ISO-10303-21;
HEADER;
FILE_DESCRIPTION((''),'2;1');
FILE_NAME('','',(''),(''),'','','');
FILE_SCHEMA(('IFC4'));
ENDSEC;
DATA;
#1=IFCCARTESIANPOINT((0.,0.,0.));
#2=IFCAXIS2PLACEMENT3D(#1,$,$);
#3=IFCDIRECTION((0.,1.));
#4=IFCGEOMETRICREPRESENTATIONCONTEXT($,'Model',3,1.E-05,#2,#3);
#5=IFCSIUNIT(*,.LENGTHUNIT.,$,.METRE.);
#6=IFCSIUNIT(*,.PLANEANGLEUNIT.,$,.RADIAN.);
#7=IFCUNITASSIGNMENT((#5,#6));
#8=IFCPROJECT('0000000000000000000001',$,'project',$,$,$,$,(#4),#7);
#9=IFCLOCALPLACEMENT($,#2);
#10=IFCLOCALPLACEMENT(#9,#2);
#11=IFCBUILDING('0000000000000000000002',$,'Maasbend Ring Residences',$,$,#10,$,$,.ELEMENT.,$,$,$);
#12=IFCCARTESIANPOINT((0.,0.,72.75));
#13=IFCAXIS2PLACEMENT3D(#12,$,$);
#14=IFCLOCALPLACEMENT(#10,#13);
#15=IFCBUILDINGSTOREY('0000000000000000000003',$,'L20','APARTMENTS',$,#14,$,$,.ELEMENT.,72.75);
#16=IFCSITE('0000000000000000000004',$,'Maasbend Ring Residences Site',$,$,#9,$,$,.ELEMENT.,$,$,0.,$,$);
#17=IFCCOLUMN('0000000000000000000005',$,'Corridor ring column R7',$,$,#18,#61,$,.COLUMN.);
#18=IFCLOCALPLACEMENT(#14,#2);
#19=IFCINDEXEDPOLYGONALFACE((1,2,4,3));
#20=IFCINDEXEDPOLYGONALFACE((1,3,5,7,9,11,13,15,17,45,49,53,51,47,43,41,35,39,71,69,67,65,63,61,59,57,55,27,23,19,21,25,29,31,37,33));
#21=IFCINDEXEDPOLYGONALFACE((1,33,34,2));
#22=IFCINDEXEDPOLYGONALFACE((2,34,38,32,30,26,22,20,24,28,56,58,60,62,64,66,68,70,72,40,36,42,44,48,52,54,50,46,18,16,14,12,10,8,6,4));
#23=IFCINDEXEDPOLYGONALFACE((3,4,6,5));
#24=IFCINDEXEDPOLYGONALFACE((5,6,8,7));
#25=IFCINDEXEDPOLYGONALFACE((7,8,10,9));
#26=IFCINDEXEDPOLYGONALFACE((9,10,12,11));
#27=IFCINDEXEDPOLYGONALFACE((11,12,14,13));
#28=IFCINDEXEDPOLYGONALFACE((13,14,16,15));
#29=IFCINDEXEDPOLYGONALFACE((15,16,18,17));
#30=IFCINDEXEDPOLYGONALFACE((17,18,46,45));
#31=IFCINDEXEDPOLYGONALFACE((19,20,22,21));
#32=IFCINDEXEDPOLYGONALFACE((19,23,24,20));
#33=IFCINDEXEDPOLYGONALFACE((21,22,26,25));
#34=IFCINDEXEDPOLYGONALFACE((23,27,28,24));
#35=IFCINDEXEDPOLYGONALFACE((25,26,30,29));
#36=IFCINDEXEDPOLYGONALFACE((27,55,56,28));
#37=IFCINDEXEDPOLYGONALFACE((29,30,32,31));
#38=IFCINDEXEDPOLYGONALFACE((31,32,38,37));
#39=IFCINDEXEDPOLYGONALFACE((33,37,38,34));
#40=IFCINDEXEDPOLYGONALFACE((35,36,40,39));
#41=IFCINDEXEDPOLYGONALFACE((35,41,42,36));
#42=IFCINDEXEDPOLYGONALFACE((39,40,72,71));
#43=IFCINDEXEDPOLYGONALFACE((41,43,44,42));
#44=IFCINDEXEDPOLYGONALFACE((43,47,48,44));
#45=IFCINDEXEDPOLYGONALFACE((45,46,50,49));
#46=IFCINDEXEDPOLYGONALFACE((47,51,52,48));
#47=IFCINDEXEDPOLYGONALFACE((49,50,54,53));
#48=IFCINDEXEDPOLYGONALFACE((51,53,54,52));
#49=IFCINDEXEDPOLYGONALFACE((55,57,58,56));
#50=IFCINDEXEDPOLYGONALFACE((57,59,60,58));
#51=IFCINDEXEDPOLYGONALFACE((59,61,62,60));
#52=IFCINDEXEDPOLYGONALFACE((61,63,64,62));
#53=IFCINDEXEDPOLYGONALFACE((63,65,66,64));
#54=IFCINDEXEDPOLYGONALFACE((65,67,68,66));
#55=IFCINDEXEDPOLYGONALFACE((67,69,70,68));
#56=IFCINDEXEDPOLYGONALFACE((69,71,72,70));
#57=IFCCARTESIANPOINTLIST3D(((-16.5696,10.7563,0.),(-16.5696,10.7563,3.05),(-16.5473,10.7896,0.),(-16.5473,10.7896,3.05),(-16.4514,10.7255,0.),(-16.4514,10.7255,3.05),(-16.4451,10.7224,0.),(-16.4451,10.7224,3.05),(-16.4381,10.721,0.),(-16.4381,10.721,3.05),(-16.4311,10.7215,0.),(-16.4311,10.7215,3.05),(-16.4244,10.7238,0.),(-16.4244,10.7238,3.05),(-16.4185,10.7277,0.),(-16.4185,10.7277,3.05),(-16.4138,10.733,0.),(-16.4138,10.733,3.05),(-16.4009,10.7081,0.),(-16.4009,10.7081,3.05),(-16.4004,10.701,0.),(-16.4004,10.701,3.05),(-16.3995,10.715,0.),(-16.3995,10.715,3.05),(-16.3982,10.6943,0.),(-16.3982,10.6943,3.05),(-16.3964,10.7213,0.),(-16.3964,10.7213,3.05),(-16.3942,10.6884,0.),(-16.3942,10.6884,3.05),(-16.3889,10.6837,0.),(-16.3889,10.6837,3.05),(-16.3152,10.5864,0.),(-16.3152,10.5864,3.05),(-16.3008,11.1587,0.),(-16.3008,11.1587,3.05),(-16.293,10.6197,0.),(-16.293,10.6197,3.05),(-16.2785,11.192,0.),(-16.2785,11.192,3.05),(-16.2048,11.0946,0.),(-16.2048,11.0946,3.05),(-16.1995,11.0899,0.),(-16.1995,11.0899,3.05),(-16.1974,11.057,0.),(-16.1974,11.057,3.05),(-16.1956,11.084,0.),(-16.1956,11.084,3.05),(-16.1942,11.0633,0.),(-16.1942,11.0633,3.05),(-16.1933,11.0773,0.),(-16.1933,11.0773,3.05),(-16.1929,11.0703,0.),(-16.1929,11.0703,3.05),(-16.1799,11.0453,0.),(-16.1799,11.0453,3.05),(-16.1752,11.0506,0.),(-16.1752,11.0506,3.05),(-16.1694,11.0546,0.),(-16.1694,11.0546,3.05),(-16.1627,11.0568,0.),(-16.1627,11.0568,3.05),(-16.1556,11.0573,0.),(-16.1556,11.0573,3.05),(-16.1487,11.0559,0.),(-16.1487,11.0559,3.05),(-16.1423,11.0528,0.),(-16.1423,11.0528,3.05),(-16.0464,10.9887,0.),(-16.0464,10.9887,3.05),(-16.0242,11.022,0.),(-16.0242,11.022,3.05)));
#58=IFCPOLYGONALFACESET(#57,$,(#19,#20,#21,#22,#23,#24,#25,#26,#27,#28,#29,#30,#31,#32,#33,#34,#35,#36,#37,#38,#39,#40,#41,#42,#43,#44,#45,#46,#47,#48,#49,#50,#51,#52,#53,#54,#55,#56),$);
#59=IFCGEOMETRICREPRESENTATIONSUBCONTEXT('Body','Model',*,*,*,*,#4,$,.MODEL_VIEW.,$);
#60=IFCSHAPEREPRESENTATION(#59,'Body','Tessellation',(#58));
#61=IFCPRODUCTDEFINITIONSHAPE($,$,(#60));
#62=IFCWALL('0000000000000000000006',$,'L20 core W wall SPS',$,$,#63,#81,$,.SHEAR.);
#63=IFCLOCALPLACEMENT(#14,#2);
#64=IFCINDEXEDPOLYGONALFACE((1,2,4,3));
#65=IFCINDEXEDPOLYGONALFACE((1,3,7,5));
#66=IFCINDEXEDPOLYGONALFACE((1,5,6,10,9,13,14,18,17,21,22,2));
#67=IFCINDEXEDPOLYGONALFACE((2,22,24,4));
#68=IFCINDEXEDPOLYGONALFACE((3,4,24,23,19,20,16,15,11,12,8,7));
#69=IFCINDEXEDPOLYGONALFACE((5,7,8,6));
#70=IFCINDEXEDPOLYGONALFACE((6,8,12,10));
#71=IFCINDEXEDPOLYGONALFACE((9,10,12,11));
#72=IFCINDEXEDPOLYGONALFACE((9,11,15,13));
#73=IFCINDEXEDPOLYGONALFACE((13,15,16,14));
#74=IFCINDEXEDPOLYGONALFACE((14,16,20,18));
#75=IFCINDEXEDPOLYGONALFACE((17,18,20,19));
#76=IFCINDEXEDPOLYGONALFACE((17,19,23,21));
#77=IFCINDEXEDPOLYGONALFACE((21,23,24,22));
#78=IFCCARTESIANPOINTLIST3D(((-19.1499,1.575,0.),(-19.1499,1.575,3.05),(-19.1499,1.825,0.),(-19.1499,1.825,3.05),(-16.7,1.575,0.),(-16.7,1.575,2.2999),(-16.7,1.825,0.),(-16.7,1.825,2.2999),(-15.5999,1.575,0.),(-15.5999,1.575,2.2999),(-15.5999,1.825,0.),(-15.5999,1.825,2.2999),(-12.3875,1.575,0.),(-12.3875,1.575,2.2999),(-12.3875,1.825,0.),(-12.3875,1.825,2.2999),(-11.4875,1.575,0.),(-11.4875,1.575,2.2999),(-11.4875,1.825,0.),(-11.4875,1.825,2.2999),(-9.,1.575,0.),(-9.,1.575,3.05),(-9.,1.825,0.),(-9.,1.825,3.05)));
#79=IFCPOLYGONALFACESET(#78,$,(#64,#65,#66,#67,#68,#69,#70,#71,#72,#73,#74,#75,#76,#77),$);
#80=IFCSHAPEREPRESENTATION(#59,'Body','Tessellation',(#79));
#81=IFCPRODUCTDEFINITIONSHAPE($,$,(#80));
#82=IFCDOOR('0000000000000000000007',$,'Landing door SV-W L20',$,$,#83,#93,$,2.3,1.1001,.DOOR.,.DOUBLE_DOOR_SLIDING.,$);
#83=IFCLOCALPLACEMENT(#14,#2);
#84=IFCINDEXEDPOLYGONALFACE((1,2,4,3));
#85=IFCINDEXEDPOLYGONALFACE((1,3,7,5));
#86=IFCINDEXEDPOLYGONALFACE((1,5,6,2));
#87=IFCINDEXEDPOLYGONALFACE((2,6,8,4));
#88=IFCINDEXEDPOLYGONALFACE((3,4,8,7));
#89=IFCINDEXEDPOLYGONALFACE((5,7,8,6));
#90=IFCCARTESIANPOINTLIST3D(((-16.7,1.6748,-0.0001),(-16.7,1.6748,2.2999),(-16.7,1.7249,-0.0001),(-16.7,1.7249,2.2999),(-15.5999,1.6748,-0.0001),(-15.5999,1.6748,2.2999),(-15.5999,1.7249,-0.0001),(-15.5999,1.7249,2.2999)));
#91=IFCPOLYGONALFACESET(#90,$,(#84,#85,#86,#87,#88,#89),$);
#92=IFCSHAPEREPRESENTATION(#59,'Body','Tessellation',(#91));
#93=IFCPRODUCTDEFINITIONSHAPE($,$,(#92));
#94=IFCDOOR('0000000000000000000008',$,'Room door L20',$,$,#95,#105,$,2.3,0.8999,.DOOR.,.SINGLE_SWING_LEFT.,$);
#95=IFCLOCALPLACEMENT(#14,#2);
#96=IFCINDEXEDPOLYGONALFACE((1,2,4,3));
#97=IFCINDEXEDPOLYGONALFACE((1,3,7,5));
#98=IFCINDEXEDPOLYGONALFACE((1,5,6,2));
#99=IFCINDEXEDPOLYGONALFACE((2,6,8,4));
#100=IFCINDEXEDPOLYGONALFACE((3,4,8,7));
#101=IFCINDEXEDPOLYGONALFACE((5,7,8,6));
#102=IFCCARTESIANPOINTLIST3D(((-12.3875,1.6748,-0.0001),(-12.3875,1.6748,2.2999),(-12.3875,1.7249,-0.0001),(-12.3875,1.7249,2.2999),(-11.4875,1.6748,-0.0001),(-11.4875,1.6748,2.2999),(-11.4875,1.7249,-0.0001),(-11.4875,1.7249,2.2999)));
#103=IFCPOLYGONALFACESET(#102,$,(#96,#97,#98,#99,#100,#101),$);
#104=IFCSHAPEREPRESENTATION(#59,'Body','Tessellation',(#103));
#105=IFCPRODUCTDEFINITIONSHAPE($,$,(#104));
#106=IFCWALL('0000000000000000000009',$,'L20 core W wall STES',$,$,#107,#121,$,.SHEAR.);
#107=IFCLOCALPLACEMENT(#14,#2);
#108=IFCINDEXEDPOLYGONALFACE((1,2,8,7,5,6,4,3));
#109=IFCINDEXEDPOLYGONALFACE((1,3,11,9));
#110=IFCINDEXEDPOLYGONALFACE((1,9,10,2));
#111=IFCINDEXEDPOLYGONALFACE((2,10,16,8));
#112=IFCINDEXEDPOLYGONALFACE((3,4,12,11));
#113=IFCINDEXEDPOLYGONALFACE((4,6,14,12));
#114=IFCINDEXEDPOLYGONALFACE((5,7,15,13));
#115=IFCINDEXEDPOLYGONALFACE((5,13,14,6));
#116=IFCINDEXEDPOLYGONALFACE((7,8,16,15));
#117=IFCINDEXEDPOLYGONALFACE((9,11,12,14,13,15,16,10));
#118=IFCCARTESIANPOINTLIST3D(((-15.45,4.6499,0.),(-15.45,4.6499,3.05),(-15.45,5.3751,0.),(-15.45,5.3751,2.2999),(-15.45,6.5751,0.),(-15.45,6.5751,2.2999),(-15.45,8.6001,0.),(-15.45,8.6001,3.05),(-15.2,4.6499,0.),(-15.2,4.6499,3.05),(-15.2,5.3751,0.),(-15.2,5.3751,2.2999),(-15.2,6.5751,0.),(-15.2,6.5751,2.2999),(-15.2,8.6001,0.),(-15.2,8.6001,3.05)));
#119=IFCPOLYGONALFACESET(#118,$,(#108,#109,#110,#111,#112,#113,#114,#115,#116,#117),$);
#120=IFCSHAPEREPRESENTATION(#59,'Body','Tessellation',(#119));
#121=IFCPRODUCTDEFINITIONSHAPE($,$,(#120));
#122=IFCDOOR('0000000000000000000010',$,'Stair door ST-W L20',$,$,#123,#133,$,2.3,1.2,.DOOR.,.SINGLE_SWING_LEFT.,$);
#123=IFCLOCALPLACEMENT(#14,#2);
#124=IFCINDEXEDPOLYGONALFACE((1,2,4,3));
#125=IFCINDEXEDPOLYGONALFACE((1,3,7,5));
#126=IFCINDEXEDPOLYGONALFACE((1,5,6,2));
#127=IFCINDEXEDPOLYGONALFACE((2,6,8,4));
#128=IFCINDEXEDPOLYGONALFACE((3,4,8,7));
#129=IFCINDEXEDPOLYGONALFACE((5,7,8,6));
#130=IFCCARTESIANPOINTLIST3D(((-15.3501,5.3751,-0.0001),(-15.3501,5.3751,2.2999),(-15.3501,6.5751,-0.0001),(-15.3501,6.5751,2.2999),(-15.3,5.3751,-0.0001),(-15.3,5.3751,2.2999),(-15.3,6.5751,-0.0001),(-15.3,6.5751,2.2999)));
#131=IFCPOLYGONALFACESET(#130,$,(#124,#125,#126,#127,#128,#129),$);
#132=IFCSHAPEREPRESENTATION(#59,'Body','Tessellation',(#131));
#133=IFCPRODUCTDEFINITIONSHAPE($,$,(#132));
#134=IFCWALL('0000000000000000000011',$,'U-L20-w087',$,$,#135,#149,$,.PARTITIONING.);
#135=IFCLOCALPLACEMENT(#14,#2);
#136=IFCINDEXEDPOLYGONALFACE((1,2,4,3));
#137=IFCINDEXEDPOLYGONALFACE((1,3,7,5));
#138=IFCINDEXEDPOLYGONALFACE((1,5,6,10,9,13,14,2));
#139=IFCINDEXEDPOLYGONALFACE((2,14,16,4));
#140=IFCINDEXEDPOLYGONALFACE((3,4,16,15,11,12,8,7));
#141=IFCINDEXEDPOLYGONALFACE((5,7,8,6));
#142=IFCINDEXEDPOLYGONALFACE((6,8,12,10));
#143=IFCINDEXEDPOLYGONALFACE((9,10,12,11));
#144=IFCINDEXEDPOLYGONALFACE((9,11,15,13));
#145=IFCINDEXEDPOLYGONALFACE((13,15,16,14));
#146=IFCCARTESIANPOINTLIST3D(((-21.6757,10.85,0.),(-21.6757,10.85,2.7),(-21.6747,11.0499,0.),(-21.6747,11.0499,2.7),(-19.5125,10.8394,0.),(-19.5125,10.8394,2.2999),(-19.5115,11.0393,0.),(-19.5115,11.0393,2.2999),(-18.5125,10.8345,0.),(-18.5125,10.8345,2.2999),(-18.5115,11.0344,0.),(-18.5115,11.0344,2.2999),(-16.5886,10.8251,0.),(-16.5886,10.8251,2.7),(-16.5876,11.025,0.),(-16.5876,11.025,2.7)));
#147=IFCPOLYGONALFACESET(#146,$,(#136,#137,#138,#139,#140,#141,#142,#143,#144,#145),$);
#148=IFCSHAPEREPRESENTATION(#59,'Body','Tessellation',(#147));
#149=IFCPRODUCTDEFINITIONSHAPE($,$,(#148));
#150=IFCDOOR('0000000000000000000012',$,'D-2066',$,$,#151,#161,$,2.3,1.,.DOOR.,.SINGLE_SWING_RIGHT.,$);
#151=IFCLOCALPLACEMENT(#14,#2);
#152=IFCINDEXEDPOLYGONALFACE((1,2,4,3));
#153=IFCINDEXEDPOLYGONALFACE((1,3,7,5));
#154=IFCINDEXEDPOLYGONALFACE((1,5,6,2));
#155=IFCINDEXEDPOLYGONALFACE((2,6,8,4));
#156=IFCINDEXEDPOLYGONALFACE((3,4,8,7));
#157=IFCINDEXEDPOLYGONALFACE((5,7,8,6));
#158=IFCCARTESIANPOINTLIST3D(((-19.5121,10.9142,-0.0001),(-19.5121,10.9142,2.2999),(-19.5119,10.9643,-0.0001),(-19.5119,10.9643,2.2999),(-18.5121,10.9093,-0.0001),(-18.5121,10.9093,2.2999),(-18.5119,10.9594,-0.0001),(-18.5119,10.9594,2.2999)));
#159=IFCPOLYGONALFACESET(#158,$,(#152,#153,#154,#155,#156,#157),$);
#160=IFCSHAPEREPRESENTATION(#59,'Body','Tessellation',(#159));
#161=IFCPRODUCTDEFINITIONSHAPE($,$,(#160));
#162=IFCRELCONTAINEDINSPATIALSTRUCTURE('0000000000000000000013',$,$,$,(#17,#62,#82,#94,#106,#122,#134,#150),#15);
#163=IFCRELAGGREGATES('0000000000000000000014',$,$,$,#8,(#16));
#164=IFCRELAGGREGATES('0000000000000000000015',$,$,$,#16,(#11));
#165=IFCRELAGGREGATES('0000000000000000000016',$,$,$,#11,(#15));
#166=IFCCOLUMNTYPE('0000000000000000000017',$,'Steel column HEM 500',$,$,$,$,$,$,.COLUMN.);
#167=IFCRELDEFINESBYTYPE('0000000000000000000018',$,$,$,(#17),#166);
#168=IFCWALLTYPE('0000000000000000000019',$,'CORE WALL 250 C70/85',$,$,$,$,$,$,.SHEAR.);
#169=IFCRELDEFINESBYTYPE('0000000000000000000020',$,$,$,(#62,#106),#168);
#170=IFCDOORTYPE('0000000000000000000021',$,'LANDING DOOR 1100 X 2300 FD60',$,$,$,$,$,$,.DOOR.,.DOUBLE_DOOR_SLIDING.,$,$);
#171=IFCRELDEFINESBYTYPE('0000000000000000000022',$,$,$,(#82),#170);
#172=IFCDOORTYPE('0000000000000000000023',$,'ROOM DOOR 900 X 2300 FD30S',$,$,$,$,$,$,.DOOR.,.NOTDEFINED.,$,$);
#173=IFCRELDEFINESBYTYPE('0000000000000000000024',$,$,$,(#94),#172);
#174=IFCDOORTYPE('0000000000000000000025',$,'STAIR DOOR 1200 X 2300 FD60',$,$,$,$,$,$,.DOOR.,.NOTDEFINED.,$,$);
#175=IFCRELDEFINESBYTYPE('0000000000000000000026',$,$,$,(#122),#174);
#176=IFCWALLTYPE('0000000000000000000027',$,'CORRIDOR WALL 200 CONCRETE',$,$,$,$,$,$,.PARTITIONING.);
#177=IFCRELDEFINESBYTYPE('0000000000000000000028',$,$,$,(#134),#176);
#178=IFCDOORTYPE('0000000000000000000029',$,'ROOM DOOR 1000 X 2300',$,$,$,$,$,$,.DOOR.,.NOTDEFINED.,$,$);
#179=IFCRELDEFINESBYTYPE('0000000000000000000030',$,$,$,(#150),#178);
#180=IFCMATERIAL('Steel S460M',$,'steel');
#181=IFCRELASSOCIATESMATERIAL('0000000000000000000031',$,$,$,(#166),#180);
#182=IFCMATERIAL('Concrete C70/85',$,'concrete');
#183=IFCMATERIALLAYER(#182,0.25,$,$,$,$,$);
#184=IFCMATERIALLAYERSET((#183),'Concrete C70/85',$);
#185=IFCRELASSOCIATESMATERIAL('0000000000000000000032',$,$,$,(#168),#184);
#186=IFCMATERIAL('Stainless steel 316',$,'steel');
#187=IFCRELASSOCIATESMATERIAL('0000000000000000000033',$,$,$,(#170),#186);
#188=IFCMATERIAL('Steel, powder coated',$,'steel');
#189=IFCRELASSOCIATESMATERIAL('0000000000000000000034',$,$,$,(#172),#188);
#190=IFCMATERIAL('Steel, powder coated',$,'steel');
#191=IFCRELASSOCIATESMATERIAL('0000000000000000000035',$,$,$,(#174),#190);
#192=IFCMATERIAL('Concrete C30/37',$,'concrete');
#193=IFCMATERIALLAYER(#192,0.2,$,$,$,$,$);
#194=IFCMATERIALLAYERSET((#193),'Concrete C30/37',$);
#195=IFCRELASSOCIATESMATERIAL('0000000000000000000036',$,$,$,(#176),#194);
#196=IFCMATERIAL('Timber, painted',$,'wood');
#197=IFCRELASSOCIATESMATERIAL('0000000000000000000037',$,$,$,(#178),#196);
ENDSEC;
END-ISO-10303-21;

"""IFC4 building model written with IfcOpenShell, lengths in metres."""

from ifc_helpers import new_model, si_unit, direction, frame, frame_2d, origin, origin_2d, place, context, subcontext, project, spatial, rectangle, i_section, extrude, material, layer, layer_set, material_profile, profile_set, type_object, element, fill, save


model = new_model("IFC4")

# Units and contexts
model_context = context("Model", 3, precision=1e-05, world=origin(), true_north=direction((0.0, 1.0)))
body_context = subcontext(model_context, "Body", "Model", "MODEL_VIEW")
ifc_project = project(units=[si_unit("LENGTHUNIT", "METRE"), si_unit("PLANEANGLEUNIT", "RADIAN")], contexts=[model_context])

# Site, building, storey
site_placement = place(None, origin())
site = spatial("IfcSite", under=ifc_project, at=site_placement, Name="Maasbend Ring Residences Site", CompositionType="ELEMENT", RefElevation=0.0)
building_placement = place(site_placement, origin())
building = spatial("IfcBuilding", under=site, at=building_placement, Name="Maasbend Ring Residences", CompositionType="ELEMENT")
storey_placement = place(building_placement, frame((0.0, 0.0, 72.75)))
storey = spatial("IfcBuildingStorey", under=building, at=storey_placement, Name="L20", Description="APARTMENTS", CompositionType="ELEMENT", Elevation=72.75)

# Column
ifc_material_1 = material(Name="Steel S460M", Category="steel")
ifc_material_profile = material_profile(ifc_material_1, i_section(OverallWidth=0.3059, OverallDepth=0.5239, WebThickness=0.021, FlangeThickness=0.04, FilletRadius=0.0271, at=origin_2d()), Name="HEM 500")
ifc_profile_set = profile_set([ifc_material_profile], Name="Steel S460M")
column_type = type_object("IfcColumnType", Name="Steel column HEM 500", PredefinedType="COLUMN", material=ifc_profile_set)
column_placement = place(storey_placement, frame((-16.2969, 10.8892, 0.0), z_axis=(0.0, 0.0, 1.0), x_axis=(-0.83147, 0.55557, 0.0)))
element("IfcColumn", 1, at=column_placement, inside=storey, type_object=column_type, Name="Corridor ring column R7", PredefinedType="COLUMN", context=body_context, shape_type="SweptSolid", body=[
    extrude(i_section(OverallWidth=0.3059, OverallDepth=0.5239, WebThickness=0.021, FlangeThickness=0.04, FilletRadius=0.0271, at=origin_2d()), origin(), (0.0, 0.0, 1.0), 3.05),
])

# Wall, openings, doors
ifc_material_2 = material(Name="Concrete C70/85", Category="concrete")
ifc_layer_1 = layer(ifc_material_2, 0.25)
ifc_layer_set_1 = layer_set([ifc_layer_1], Name="Concrete C70/85")
wall_type_1 = type_object("IfcWallType", Name="CORE WALL 250 C70/85", PredefinedType="SHEAR", material=ifc_layer_set_1)
wall_1_placement = place(storey_placement, frame((-19.1499, 1.7, 0.0), z_axis=(0.0, 0.0, 1.0), x_axis=(1.0, 0.0, 0.0)))
wall_1 = element("IfcWall", 2, at=wall_1_placement, inside=storey, type_object=wall_type_1, Name="L20 core W wall SPS", PredefinedType="SHEAR", context=body_context, shape_type="SweptSolid", body=[
    extrude(rectangle(XDim=10.1499, YDim=0.25, at=frame_2d((5.075, 0.0))), origin(), (0.0, 0.0, 1.0), 3.05),
])
opening_1_placement = place(wall_1_placement, frame((2.45, 0.0, 0.0)))
opening_1 = element("IfcOpeningElement", 3, at=opening_1_placement, cuts=wall_1, PredefinedType="OPENING", context=body_context, shape_type="SweptSolid", body=[
    extrude(rectangle(XDim=1.1001, YDim=2.3, at=frame_2d((0.55, 1.1499))), frame((0.0, 0.135, 0.0), z_axis=(0.0, -1.0, 0.0), x_axis=(1.0, 0.0, 0.0)), (0.0, 0.0, 1.0), 0.27),
])
opening_2_placement = place(wall_1_placement, frame((6.7625, 0.0, 0.0)))
opening_2 = element("IfcOpeningElement", 4, at=opening_2_placement, cuts=wall_1, PredefinedType="OPENING", context=body_context, shape_type="SweptSolid", body=[
    extrude(rectangle(XDim=0.8999, YDim=2.3, at=frame_2d((0.45, 1.1499))), frame((0.0, 0.135, 0.0), z_axis=(0.0, -1.0, 0.0), x_axis=(1.0, 0.0, 0.0)), (0.0, 0.0, 1.0), 0.27),
])
ifc_material_3 = material(Name="Stainless steel 316", Category="steel")
door_type_1 = type_object("IfcDoorType", Name="LANDING DOOR 1100 X 2300 FD60", OperationType="DOUBLE_DOOR_SLIDING", PredefinedType="DOOR", material=ifc_material_3)
door_1_placement = place(opening_1_placement, origin())
door_1 = element("IfcDoor", 5, at=door_1_placement, inside=storey, type_object=door_type_1, Name="Landing door SV-W L20", OperationType="DOUBLE_DOOR_SLIDING", OverallHeight=2.3, OverallWidth=1.1001, PredefinedType="DOOR", context=body_context, shape_type="SweptSolid", body=[
    extrude(rectangle(XDim=1.1001, YDim=2.3, at=frame_2d((0.55, 1.1499))), frame((0.0, 0.0249, 0.0), z_axis=(0.0, -1.0, 0.0), x_axis=(1.0, 0.0, 0.0)), (0.0, 0.0, 1.0), 0.05),
])
fill(opening_1, door_1)
ifc_material_4 = material(Name="Steel, powder coated", Category="steel")
door_type_2 = type_object("IfcDoorType", Name="ROOM DOOR 900 X 2300 FD30S", OperationType="NOTDEFINED", PredefinedType="DOOR", material=ifc_material_4)
door_2_placement = place(opening_2_placement, origin())
door_2 = element("IfcDoor", 6, at=door_2_placement, inside=storey, type_object=door_type_2, Name="Room door L20", OperationType="SINGLE_SWING_LEFT", OverallHeight=2.3, OverallWidth=0.8999, PredefinedType="DOOR", context=body_context, shape_type="SweptSolid", body=[
    extrude(rectangle(XDim=0.8999, YDim=2.3, at=frame_2d((0.45, 1.1499))), frame((0.0, 0.0249, 0.0), z_axis=(0.0, -1.0, 0.0), x_axis=(1.0, 0.0, 0.0)), (0.0, 0.0, 1.0), 0.05),
])
fill(opening_2, door_2)

# Walls, openings, doors
wall_2_placement = place(storey_placement, frame((-15.325, 8.6001, 0.0), z_axis=(0.0, 0.0, 1.0), x_axis=(0.0, -1.0, 0.0)))
wall_2 = element("IfcWall", 7, at=wall_2_placement, inside=storey, type_object=wall_type_1, Name="L20 core W wall STES", PredefinedType="SHEAR", context=body_context, shape_type="SweptSolid", body=[
    extrude(rectangle(XDim=3.9502, YDim=0.25, at=frame_2d((1.9751, 0.0))), origin(), (0.0, 0.0, 1.0), 3.05),
])
opening_3_placement = place(wall_2_placement, frame((2.0249, 0.0, 0.0)))
opening_3 = element("IfcOpeningElement", 8, at=opening_3_placement, cuts=wall_2, PredefinedType="OPENING", context=body_context, shape_type="SweptSolid", body=[
    extrude(rectangle(XDim=1.2, YDim=2.3, at=frame_2d((0.6001, 1.1499))), frame((0.0, 0.135, 0.0), z_axis=(0.0, -1.0, 0.0), x_axis=(1.0, 0.0, 0.0)), (0.0, 0.0, 1.0), 0.27),
])
ifc_material_5 = material(Name="Steel, powder coated", Category="steel")
door_type_3 = type_object("IfcDoorType", Name="STAIR DOOR 1200 X 2300 FD60", OperationType="NOTDEFINED", PredefinedType="DOOR", material=ifc_material_5)
door_3_placement = place(opening_3_placement, origin())
door_3 = element("IfcDoor", 9, at=door_3_placement, inside=storey, type_object=door_type_3, Name="Stair door ST-W L20", OperationType="SINGLE_SWING_LEFT", OverallHeight=2.3, OverallWidth=1.2, PredefinedType="DOOR", context=body_context, shape_type="SweptSolid", body=[
    extrude(rectangle(XDim=1.2, YDim=2.3, at=frame_2d((0.6001, 1.1499))), frame((0.0, 0.0249, 0.0), z_axis=(0.0, -1.0, 0.0), x_axis=(1.0, 0.0, 0.0)), (0.0, 0.0, 1.0), 0.05),
])
fill(opening_3, door_3)
ifc_material_6 = material(Name="Concrete C30/37", Category="concrete")
ifc_layer_2 = layer(ifc_material_6, 0.2)
ifc_layer_set_2 = layer_set([ifc_layer_2], Name="Concrete C30/37")
wall_type_2 = type_object("IfcWallType", Name="CORRIDOR WALL 200 CONCRETE", PredefinedType="PARTITIONING", material=ifc_layer_set_2)
wall_3_placement = place(storey_placement, frame((-21.675, 10.95, 0.0), z_axis=(0.0, 0.0, 1.0), x_axis=(0.999988, -0.004895, 0.0)))
wall_3 = element("IfcWall", 10, at=wall_3_placement, inside=storey, type_object=wall_type_2, Name="U-L20-w087", PredefinedType="PARTITIONING", context=body_context, shape_type="SweptSolid", body=[
    extrude(rectangle(XDim=5.0872, YDim=0.2, at=frame_2d((2.5435, 0.0))), origin(), (0.0, 0.0, 1.0), 2.7),
])
opening_4_placement = place(wall_3_placement, frame((2.1631, 0.0, 0.0)))
opening_4 = element("IfcOpeningElement", 11, at=opening_4_placement, cuts=wall_3, PredefinedType="OPENING", context=body_context, shape_type="SweptSolid", body=[
    extrude(rectangle(XDim=1.0, YDim=2.3, at=frame_2d((0.5, 1.1499))), frame((0.0, 0.1099, 0.0), z_axis=(0.0, -1.0, 0.0), x_axis=(1.0, 0.0, 0.0)), (0.0, 0.0, 1.0), 0.22),
])
ifc_material_7 = material(Name="Timber, painted", Category="wood")
door_type_4 = type_object("IfcDoorType", Name="ROOM DOOR 1000 X 2300", OperationType="NOTDEFINED", PredefinedType="DOOR", material=ifc_material_7)
door_4_placement = place(opening_4_placement, origin())
door_4 = element("IfcDoor", 12, at=door_4_placement, inside=storey, type_object=door_type_4, Name="D-2066", OperationType="SINGLE_SWING_RIGHT", OverallHeight=2.3, OverallWidth=1.0, PredefinedType="DOOR", context=body_context, shape_type="SweptSolid", body=[
    extrude(rectangle(XDim=1.0, YDim=2.3, at=frame_2d((0.5, 1.1499))), frame((0.0, 0.0249, 0.0), z_axis=(0.0, -1.0, 0.0), x_axis=(1.0, 0.0, 0.0)), (0.0, 0.0, 1.0), 0.05),
])
fill(opening_4, door_4)

save(model, "model.ifc")
